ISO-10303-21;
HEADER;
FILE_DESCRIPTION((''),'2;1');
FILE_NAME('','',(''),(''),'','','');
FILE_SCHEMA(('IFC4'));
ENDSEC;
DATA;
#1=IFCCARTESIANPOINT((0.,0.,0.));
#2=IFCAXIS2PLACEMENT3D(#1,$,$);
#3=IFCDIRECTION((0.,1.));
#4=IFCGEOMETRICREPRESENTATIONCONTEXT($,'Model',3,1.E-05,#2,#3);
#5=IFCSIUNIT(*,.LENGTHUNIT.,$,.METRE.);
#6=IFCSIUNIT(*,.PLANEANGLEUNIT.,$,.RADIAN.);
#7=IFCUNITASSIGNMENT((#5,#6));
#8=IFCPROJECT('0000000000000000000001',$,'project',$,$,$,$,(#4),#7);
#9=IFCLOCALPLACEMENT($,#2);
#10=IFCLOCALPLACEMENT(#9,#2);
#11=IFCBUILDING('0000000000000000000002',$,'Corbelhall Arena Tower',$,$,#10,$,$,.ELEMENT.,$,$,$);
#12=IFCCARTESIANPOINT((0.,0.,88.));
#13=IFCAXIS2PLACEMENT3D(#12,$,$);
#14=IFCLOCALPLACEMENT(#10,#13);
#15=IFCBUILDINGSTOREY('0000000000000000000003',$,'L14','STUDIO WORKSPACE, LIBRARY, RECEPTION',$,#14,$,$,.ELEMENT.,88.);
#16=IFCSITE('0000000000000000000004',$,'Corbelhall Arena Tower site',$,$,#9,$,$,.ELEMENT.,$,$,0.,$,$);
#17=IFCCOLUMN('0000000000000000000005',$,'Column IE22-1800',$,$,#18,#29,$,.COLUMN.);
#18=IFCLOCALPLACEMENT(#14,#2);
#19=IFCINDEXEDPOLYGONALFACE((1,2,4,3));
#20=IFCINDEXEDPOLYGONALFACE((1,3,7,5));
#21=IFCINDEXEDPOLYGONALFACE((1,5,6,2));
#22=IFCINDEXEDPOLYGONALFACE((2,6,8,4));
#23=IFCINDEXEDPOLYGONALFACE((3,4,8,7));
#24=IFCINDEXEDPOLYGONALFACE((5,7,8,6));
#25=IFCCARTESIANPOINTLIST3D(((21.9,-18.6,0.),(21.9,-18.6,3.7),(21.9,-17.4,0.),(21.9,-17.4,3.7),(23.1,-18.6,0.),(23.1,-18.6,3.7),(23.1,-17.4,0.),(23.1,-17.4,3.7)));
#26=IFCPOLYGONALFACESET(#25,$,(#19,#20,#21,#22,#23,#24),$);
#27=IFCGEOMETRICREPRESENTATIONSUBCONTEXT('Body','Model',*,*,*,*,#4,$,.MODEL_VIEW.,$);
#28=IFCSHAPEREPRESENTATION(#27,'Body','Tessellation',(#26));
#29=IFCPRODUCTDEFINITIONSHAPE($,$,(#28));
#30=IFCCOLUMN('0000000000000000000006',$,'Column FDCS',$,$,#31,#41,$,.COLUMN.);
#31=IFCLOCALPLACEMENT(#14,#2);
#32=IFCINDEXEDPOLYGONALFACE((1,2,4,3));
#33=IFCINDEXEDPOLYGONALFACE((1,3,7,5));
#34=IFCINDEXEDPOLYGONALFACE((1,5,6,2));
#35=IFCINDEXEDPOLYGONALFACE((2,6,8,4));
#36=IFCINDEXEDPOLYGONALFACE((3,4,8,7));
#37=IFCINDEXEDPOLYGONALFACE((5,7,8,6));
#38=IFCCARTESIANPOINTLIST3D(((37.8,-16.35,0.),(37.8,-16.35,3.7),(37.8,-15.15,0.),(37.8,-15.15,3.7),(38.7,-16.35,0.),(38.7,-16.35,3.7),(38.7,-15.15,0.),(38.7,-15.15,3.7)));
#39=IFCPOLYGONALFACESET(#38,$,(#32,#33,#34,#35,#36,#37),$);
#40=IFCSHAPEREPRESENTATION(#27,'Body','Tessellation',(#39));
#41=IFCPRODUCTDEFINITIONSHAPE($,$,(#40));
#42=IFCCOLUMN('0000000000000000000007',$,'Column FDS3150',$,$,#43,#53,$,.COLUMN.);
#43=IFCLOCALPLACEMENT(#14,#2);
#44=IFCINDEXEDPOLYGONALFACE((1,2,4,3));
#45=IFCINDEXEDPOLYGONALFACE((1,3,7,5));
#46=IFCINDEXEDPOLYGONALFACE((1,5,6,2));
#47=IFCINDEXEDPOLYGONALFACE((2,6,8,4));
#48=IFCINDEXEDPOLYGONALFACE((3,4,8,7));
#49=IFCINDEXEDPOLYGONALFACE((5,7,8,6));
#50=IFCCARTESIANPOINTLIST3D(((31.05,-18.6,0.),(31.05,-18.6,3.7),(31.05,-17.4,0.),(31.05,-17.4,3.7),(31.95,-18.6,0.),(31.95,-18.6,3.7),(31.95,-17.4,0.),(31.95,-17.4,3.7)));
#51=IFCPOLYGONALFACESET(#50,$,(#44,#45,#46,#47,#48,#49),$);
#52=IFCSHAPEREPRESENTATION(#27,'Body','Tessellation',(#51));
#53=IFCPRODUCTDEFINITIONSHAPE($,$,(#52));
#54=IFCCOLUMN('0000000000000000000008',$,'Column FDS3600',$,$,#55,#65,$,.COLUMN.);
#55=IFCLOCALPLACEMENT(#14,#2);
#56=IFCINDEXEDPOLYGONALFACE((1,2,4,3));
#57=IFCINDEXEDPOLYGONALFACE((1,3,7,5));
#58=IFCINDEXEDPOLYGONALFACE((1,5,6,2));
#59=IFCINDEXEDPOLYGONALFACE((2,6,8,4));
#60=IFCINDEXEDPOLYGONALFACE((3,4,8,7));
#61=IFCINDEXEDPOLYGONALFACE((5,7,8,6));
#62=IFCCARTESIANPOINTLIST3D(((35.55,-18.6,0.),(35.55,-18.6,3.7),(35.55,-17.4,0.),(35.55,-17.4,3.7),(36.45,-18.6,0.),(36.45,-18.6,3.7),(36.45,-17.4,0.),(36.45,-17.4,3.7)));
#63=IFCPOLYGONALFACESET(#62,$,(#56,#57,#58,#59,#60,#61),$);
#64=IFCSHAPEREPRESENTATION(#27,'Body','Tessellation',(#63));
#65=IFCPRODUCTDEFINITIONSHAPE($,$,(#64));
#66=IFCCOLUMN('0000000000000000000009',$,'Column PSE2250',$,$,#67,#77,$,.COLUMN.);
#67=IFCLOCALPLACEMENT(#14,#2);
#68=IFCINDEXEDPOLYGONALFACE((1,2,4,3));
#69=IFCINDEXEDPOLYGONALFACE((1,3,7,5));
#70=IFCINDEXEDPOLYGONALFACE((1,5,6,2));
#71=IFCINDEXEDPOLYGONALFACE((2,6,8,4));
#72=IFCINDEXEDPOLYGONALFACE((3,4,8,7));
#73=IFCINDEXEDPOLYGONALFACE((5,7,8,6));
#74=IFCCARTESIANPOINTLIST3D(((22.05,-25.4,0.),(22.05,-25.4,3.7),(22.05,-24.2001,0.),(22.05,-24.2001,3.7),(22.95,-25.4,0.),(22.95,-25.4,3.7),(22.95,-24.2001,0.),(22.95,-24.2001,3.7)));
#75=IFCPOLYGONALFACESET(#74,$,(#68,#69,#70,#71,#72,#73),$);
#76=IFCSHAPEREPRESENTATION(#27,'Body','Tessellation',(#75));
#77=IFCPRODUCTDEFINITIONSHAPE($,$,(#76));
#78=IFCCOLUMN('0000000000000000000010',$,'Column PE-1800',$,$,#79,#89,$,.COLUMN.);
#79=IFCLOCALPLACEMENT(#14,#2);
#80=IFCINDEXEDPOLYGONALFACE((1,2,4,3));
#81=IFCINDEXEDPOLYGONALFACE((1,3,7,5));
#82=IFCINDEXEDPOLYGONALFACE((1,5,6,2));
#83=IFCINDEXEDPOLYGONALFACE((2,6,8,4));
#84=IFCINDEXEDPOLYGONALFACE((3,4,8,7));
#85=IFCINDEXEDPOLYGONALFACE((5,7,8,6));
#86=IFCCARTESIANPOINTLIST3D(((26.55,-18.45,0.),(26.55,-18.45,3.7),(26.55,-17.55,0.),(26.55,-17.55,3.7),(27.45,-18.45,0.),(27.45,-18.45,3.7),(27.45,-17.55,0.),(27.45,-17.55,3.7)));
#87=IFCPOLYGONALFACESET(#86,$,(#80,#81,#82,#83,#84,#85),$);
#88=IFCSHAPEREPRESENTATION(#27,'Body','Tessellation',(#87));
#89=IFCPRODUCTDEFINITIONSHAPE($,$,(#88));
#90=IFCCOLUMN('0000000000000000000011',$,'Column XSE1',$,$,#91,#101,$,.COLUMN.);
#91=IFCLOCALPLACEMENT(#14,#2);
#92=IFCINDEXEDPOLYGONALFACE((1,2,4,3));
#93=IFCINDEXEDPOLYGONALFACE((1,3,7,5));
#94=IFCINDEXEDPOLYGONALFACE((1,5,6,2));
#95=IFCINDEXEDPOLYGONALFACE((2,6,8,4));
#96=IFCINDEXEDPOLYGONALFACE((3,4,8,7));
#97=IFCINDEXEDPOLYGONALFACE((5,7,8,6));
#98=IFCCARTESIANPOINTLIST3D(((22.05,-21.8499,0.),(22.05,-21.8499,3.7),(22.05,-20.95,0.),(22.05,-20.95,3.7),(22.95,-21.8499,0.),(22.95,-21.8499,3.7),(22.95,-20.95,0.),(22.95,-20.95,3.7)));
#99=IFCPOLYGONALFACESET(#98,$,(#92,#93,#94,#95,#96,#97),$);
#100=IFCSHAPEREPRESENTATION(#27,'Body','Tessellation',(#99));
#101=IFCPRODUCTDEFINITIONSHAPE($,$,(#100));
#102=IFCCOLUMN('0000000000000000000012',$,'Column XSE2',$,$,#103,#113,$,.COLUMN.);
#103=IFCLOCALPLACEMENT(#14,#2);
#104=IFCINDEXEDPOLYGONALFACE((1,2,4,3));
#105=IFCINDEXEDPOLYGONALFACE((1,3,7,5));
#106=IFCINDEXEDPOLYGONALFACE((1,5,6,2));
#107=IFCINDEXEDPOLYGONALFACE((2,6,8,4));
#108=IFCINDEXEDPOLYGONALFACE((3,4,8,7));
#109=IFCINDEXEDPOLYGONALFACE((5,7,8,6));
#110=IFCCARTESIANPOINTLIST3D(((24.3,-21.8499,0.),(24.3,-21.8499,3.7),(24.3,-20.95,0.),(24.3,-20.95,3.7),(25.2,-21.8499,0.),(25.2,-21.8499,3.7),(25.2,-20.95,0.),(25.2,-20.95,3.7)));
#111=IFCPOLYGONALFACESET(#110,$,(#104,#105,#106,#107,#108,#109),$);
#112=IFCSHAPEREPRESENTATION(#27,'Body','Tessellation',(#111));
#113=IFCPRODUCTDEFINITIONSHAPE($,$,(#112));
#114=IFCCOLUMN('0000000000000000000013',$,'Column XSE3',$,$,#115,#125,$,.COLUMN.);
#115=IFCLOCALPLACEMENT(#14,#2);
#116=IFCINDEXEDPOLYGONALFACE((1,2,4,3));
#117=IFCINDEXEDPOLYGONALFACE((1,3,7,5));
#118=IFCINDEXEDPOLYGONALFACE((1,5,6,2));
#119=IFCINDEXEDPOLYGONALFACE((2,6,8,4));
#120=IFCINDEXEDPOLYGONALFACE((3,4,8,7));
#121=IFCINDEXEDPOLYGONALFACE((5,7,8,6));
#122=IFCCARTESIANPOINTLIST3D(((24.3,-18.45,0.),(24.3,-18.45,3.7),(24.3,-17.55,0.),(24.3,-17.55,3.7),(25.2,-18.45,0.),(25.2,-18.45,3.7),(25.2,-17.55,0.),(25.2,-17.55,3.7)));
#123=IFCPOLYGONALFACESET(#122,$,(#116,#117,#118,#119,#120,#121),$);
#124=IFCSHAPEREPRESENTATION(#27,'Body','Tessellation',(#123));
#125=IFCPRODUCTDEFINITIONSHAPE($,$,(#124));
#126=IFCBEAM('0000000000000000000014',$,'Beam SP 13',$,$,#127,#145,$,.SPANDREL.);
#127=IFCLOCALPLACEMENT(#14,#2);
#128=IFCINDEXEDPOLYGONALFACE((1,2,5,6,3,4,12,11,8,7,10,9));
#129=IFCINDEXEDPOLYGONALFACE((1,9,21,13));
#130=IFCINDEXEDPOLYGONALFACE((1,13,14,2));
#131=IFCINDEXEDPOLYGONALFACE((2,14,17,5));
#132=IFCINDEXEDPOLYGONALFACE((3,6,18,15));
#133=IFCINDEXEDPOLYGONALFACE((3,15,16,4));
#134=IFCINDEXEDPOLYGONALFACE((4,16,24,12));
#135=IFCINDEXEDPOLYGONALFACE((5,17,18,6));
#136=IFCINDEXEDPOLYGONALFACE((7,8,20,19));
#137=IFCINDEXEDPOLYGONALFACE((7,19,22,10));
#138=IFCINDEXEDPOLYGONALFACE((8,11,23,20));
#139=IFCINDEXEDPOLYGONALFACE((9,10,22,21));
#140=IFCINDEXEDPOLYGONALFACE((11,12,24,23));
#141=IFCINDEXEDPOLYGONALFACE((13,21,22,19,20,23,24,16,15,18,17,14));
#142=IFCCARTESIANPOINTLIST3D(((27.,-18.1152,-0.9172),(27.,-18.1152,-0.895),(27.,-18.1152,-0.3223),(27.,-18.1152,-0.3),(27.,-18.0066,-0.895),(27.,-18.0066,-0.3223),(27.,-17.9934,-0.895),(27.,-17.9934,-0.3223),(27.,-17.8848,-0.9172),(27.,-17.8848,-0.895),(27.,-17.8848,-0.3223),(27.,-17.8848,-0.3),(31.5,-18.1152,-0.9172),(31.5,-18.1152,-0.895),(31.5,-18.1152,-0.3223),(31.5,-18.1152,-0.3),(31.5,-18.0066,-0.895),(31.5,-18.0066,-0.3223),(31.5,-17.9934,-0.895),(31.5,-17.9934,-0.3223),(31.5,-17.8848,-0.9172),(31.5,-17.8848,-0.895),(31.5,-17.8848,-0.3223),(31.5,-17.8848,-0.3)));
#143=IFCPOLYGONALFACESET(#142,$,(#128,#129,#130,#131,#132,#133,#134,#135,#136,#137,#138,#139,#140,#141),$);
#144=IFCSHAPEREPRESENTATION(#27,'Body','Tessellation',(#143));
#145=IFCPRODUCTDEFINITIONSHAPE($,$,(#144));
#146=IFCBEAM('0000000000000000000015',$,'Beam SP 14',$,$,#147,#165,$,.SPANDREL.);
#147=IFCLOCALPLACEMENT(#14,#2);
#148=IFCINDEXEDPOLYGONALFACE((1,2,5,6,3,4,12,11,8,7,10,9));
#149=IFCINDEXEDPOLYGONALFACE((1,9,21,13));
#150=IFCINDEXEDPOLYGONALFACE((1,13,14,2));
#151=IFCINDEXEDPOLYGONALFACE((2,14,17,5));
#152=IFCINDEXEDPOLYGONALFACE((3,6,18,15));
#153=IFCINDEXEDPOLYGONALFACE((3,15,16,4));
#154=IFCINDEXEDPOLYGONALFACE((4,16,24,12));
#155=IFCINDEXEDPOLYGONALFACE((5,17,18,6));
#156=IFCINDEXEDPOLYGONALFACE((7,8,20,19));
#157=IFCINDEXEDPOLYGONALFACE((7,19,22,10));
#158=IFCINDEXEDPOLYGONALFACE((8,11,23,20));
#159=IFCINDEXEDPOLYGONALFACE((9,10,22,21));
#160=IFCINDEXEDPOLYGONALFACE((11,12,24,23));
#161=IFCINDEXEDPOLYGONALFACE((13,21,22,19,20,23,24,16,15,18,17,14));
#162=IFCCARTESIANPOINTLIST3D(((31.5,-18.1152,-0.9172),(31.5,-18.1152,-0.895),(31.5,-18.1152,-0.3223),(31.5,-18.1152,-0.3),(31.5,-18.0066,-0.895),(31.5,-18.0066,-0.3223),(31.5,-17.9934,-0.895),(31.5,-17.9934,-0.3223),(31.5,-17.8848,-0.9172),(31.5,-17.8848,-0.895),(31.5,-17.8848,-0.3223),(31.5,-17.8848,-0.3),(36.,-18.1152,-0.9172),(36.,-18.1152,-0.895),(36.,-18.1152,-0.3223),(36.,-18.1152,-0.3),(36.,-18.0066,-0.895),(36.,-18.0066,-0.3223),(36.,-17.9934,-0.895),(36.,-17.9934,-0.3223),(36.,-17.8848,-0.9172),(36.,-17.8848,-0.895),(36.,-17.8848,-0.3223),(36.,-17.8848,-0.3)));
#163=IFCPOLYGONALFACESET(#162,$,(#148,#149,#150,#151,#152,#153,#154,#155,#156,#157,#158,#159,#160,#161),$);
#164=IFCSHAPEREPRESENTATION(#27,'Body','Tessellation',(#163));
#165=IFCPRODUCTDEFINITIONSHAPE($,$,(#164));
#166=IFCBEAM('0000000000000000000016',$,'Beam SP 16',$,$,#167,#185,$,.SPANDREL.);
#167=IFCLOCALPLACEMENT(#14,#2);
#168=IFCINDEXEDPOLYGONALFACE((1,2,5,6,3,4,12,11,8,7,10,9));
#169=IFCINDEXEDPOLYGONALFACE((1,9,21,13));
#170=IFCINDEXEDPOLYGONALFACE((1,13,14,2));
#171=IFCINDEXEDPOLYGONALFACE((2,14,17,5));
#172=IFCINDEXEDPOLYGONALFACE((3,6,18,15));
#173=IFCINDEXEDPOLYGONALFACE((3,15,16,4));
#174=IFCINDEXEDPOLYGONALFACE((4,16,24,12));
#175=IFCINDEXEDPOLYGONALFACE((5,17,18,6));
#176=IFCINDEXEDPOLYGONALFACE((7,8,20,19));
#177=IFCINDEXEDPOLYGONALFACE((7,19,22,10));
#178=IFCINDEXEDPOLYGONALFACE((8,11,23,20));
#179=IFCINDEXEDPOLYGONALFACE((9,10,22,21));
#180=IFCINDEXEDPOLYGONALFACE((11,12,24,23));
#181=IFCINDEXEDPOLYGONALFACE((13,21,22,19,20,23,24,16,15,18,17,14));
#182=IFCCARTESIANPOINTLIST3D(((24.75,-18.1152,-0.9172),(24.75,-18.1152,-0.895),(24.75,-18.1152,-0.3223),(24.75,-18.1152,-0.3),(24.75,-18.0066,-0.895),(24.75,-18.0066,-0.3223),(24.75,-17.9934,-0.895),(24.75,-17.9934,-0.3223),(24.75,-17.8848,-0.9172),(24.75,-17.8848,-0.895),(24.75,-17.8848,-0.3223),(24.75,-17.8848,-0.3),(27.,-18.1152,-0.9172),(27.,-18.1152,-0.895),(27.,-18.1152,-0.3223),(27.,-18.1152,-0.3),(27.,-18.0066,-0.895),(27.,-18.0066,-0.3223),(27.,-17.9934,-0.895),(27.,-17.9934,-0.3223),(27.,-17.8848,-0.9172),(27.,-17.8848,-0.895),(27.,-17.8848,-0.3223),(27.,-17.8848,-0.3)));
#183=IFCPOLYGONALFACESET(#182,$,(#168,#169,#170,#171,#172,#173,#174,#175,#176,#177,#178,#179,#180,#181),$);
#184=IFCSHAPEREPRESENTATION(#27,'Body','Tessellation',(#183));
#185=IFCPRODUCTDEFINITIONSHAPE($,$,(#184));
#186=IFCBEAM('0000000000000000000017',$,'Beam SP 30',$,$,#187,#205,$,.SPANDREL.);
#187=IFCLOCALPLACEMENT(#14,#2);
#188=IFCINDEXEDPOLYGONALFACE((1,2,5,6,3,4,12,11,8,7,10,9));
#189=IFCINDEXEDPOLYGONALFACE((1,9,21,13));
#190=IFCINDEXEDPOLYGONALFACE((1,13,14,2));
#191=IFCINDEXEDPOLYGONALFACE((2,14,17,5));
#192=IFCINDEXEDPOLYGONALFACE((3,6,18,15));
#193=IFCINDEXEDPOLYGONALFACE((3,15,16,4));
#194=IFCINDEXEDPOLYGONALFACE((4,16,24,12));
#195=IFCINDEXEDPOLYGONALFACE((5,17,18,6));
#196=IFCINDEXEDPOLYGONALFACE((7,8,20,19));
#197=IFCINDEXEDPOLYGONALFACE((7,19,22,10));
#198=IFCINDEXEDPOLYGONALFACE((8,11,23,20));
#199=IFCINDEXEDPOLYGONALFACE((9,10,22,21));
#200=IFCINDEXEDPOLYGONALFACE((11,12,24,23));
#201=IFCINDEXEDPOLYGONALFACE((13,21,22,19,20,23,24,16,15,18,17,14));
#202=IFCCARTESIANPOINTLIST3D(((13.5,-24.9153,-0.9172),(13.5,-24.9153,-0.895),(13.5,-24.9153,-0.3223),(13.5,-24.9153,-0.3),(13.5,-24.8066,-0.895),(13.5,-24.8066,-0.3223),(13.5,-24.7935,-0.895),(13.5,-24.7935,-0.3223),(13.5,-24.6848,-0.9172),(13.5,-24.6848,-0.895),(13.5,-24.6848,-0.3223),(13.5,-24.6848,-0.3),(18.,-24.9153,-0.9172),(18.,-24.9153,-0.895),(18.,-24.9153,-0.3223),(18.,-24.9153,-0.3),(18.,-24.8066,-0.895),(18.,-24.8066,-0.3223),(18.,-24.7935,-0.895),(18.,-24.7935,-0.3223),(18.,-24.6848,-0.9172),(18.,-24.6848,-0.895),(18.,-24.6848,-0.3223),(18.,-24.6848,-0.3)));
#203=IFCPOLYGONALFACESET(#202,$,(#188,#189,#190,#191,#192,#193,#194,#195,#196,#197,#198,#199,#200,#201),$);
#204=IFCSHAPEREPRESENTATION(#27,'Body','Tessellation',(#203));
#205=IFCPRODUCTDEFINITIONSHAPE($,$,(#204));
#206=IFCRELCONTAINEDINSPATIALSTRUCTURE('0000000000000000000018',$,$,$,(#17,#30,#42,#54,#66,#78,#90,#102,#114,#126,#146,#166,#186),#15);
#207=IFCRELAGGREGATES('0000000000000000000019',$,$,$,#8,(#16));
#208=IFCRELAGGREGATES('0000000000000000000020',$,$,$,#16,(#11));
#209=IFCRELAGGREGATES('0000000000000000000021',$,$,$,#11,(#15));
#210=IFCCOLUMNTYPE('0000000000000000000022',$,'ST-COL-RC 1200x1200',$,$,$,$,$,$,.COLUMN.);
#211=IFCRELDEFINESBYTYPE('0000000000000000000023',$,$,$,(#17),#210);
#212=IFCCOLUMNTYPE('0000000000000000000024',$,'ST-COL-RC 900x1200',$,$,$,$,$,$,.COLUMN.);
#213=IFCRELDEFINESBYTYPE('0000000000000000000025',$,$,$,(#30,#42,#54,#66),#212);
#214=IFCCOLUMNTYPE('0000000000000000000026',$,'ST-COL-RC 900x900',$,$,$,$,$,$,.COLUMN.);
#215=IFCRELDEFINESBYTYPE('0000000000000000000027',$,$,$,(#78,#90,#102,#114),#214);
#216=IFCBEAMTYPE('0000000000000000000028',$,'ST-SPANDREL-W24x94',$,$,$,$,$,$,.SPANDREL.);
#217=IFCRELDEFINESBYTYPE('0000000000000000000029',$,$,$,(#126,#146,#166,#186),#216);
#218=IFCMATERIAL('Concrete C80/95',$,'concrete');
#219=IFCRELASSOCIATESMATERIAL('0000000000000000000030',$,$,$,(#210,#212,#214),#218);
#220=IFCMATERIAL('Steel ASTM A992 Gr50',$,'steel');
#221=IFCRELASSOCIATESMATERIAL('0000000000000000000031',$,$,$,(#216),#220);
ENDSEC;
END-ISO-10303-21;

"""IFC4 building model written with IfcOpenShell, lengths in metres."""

from ifc_helpers import new_model, si_unit, direction, frame, origin, origin_2d, place, context, subcontext, project, spatial, rectangle, i_section, extrude, material, material_profile, profile_set, type_object, element, save


model = new_model("IFC4")

# Units and contexts
model_context = context("Model", 3, precision=1e-05, world=origin(), true_north=direction((0.0, 1.0)))
body_context = subcontext(model_context, "Body", "Model", "MODEL_VIEW")
ifc_project = project(units=[si_unit("LENGTHUNIT", "METRE"), si_unit("PLANEANGLEUNIT", "RADIAN")], contexts=[model_context])

# Site, building, storey
site_placement = place(None, origin())
site = spatial("IfcSite", under=ifc_project, at=site_placement, Name="Corbelhall Arena Tower site", CompositionType="ELEMENT", RefElevation=0.0)
building_placement = place(site_placement, origin())
building = spatial("IfcBuilding", under=site, at=building_placement, Name="Corbelhall Arena Tower", CompositionType="ELEMENT")
storey_placement = place(building_placement, frame((0.0, 0.0, 88.0)))
storey = spatial("IfcBuildingStorey", under=building, at=storey_placement, Name="L14", Description="STUDIO WORKSPACE, LIBRARY, RECEPTION", CompositionType="ELEMENT", Elevation=88.0)

# Columns
ifc_material_1 = material(Name="Concrete C80/95", Category="concrete")
ifc_material_profile_1 = material_profile(ifc_material_1, rectangle(XDim=1.2, YDim=1.2, at=origin_2d()))
ifc_profile_set_1 = profile_set([ifc_material_profile_1], Name="Concrete C80/95")
column_type_1 = type_object("IfcColumnType", Name="ST-COL-RC 1200x1200", PredefinedType="COLUMN", material=ifc_profile_set_1)
column_placement = place(storey_placement, frame((22.5, -18.0, 0.0), z_axis=(0.0, 0.0, 1.0), x_axis=(1.0, 0.0, 0.0)))
element("IfcColumn", 1, at=column_placement, inside=storey, type_object=column_type_1, Name="Column IE22-1800", PredefinedType="COLUMN", context=body_context, shape_type="SweptSolid", body=[
    extrude(rectangle(XDim=1.2, YDim=1.2, at=origin_2d()), origin(), (0.0, 0.0, 1.0), 3.7),
])
ifc_material_profile_2 = material_profile(ifc_material_1, rectangle(XDim=0.8999, YDim=1.2, at=origin_2d()))
ifc_profile_set_2 = profile_set([ifc_material_profile_2], Name="Concrete C80/95")
column_type_2 = type_object("IfcColumnType", Name="ST-COL-RC 900x1200", PredefinedType="COLUMN", material=ifc_profile_set_2)
for number, where, z_axis, x_axis, name in (
    (2, (38.25, -15.75, 0.0), (0.0, 0.0, 1.0), (1.0, 0.0, 0.0), "Column FDCS"),
    (3, (31.5, -18.0, 0.0), (0.0, 0.0, 1.0), (1.0, 0.0, 0.0), "Column FDS3150"),
    (4, (36.0, -18.0, 0.0), (0.0, 0.0, 1.0), (1.0, 0.0, 0.0), "Column FDS3600"),
    (5, (22.5, -24.8, 0.0), (0.0, 0.0, 1.0), (1.0, 0.0, 0.0), "Column PSE2250"),
):
    element("IfcColumn", number, at=place(storey_placement, frame(where, z_axis=z_axis, x_axis=x_axis)), inside=storey, type_object=column_type_2, Name=name, PredefinedType="COLUMN", context=body_context, shape_type="SweptSolid", body=[
        extrude(rectangle(XDim=0.8999, YDim=1.2, at=origin_2d()), origin(), (0.0, 0.0, 1.0), 3.7),
    ])
ifc_material_profile_3 = material_profile(ifc_material_1, rectangle(XDim=0.8999, YDim=0.8999, at=origin_2d()))
ifc_profile_set_3 = profile_set([ifc_material_profile_3], Name="Concrete C80/95")
column_type_3 = type_object("IfcColumnType", Name="ST-COL-RC 900x900", PredefinedType="COLUMN", material=ifc_profile_set_3)
for number, where, z_axis, x_axis, name in (
    (6, (27.0, -18.0, 0.0), (0.0, 0.0, 1.0), (1.0, 0.0, 0.0), "Column PE-1800"),
    (7, (22.5, -21.3999, 0.0), (0.0, 0.0, 1.0), (1.0, 0.0, 0.0), "Column XSE1"),
    (8, (24.75, -21.3999, 0.0), (0.0, 0.0, 1.0), (1.0, 0.0, 0.0), "Column XSE2"),
    (9, (24.75, -18.0, 0.0), (0.0, 0.0, 1.0), (1.0, 0.0, 0.0), "Column XSE3"),
):
    element("IfcColumn", number, at=place(storey_placement, frame(where, z_axis=z_axis, x_axis=x_axis)), inside=storey, type_object=column_type_3, Name=name, PredefinedType="COLUMN", context=body_context, shape_type="SweptSolid", body=[
        extrude(rectangle(XDim=0.8999, YDim=0.8999, at=origin_2d()), origin(), (0.0, 0.0, 1.0), 3.7),
    ])

# Beams
ifc_material_2 = material(Name="Steel ASTM A992 Gr50", Category="steel")
ifc_material_profile_4 = material_profile(ifc_material_2, i_section(OverallWidth=0.2305, OverallDepth=0.6172, WebThickness=0.0132, FlangeThickness=0.0222, at=origin_2d()))
ifc_profile_set_4 = profile_set([ifc_material_profile_4], Name="Steel ASTM A992 Gr50")
beam_type = type_object("IfcBeamType", Name="ST-SPANDREL-W24x94", PredefinedType="SPANDREL", material=ifc_profile_set_4)
for number, where, z_axis, x_axis, name in (
    (10, (31.5, -18.0, -0.6086), (-1.0, 0.0, 0.0), (0.0, -1.0, 0.0), "Beam SP 13"),
    (11, (36.0, -18.0, -0.6086), (-1.0, 0.0, 0.0), (0.0, -1.0, 0.0), "Beam SP 14"),
):
    element("IfcBeam", number, at=place(storey_placement, frame(where, z_axis=z_axis, x_axis=x_axis)), inside=storey, type_object=beam_type, Name=name, PredefinedType="SPANDREL", context=body_context, shape_type="SweptSolid", body=[
        extrude(i_section(OverallWidth=0.2305, OverallDepth=0.6172, WebThickness=0.0132, FlangeThickness=0.0222, at=origin_2d()), origin(), (0.0, 0.0, 1.0), 4.5),
    ])
beam_1_placement = place(storey_placement, frame((27.0, -18.0, -0.6086), z_axis=(-1.0, 0.0, 0.0), x_axis=(0.0, -1.0, 0.0)))
element("IfcBeam", 12, at=beam_1_placement, inside=storey, type_object=beam_type, Name="Beam SP 16", PredefinedType="SPANDREL", context=body_context, shape_type="SweptSolid", body=[
    extrude(i_section(OverallWidth=0.2305, OverallDepth=0.6172, WebThickness=0.0132, FlangeThickness=0.0222, at=origin_2d()), origin(), (0.0, 0.0, 1.0), 2.25),
])
for number, where, z_axis, x_axis, name in (
    (13, (18.0, -24.8, -0.6086), (-1.0, 0.0, 0.0), (0.0, -1.0, 0.0), "Beam SP 30"),
):
    element("IfcBeam", number, at=place(storey_placement, frame(where, z_axis=z_axis, x_axis=x_axis)), inside=storey, type_object=beam_type, Name=name, PredefinedType="SPANDREL", context=body_context, shape_type="SweptSolid", body=[
        extrude(i_section(OverallWidth=0.2305, OverallDepth=0.6172, WebThickness=0.0132, FlangeThickness=0.0222, at=origin_2d()), origin(), (0.0, 0.0, 1.0), 4.5),
    ])

save(model, "model.ifc")
